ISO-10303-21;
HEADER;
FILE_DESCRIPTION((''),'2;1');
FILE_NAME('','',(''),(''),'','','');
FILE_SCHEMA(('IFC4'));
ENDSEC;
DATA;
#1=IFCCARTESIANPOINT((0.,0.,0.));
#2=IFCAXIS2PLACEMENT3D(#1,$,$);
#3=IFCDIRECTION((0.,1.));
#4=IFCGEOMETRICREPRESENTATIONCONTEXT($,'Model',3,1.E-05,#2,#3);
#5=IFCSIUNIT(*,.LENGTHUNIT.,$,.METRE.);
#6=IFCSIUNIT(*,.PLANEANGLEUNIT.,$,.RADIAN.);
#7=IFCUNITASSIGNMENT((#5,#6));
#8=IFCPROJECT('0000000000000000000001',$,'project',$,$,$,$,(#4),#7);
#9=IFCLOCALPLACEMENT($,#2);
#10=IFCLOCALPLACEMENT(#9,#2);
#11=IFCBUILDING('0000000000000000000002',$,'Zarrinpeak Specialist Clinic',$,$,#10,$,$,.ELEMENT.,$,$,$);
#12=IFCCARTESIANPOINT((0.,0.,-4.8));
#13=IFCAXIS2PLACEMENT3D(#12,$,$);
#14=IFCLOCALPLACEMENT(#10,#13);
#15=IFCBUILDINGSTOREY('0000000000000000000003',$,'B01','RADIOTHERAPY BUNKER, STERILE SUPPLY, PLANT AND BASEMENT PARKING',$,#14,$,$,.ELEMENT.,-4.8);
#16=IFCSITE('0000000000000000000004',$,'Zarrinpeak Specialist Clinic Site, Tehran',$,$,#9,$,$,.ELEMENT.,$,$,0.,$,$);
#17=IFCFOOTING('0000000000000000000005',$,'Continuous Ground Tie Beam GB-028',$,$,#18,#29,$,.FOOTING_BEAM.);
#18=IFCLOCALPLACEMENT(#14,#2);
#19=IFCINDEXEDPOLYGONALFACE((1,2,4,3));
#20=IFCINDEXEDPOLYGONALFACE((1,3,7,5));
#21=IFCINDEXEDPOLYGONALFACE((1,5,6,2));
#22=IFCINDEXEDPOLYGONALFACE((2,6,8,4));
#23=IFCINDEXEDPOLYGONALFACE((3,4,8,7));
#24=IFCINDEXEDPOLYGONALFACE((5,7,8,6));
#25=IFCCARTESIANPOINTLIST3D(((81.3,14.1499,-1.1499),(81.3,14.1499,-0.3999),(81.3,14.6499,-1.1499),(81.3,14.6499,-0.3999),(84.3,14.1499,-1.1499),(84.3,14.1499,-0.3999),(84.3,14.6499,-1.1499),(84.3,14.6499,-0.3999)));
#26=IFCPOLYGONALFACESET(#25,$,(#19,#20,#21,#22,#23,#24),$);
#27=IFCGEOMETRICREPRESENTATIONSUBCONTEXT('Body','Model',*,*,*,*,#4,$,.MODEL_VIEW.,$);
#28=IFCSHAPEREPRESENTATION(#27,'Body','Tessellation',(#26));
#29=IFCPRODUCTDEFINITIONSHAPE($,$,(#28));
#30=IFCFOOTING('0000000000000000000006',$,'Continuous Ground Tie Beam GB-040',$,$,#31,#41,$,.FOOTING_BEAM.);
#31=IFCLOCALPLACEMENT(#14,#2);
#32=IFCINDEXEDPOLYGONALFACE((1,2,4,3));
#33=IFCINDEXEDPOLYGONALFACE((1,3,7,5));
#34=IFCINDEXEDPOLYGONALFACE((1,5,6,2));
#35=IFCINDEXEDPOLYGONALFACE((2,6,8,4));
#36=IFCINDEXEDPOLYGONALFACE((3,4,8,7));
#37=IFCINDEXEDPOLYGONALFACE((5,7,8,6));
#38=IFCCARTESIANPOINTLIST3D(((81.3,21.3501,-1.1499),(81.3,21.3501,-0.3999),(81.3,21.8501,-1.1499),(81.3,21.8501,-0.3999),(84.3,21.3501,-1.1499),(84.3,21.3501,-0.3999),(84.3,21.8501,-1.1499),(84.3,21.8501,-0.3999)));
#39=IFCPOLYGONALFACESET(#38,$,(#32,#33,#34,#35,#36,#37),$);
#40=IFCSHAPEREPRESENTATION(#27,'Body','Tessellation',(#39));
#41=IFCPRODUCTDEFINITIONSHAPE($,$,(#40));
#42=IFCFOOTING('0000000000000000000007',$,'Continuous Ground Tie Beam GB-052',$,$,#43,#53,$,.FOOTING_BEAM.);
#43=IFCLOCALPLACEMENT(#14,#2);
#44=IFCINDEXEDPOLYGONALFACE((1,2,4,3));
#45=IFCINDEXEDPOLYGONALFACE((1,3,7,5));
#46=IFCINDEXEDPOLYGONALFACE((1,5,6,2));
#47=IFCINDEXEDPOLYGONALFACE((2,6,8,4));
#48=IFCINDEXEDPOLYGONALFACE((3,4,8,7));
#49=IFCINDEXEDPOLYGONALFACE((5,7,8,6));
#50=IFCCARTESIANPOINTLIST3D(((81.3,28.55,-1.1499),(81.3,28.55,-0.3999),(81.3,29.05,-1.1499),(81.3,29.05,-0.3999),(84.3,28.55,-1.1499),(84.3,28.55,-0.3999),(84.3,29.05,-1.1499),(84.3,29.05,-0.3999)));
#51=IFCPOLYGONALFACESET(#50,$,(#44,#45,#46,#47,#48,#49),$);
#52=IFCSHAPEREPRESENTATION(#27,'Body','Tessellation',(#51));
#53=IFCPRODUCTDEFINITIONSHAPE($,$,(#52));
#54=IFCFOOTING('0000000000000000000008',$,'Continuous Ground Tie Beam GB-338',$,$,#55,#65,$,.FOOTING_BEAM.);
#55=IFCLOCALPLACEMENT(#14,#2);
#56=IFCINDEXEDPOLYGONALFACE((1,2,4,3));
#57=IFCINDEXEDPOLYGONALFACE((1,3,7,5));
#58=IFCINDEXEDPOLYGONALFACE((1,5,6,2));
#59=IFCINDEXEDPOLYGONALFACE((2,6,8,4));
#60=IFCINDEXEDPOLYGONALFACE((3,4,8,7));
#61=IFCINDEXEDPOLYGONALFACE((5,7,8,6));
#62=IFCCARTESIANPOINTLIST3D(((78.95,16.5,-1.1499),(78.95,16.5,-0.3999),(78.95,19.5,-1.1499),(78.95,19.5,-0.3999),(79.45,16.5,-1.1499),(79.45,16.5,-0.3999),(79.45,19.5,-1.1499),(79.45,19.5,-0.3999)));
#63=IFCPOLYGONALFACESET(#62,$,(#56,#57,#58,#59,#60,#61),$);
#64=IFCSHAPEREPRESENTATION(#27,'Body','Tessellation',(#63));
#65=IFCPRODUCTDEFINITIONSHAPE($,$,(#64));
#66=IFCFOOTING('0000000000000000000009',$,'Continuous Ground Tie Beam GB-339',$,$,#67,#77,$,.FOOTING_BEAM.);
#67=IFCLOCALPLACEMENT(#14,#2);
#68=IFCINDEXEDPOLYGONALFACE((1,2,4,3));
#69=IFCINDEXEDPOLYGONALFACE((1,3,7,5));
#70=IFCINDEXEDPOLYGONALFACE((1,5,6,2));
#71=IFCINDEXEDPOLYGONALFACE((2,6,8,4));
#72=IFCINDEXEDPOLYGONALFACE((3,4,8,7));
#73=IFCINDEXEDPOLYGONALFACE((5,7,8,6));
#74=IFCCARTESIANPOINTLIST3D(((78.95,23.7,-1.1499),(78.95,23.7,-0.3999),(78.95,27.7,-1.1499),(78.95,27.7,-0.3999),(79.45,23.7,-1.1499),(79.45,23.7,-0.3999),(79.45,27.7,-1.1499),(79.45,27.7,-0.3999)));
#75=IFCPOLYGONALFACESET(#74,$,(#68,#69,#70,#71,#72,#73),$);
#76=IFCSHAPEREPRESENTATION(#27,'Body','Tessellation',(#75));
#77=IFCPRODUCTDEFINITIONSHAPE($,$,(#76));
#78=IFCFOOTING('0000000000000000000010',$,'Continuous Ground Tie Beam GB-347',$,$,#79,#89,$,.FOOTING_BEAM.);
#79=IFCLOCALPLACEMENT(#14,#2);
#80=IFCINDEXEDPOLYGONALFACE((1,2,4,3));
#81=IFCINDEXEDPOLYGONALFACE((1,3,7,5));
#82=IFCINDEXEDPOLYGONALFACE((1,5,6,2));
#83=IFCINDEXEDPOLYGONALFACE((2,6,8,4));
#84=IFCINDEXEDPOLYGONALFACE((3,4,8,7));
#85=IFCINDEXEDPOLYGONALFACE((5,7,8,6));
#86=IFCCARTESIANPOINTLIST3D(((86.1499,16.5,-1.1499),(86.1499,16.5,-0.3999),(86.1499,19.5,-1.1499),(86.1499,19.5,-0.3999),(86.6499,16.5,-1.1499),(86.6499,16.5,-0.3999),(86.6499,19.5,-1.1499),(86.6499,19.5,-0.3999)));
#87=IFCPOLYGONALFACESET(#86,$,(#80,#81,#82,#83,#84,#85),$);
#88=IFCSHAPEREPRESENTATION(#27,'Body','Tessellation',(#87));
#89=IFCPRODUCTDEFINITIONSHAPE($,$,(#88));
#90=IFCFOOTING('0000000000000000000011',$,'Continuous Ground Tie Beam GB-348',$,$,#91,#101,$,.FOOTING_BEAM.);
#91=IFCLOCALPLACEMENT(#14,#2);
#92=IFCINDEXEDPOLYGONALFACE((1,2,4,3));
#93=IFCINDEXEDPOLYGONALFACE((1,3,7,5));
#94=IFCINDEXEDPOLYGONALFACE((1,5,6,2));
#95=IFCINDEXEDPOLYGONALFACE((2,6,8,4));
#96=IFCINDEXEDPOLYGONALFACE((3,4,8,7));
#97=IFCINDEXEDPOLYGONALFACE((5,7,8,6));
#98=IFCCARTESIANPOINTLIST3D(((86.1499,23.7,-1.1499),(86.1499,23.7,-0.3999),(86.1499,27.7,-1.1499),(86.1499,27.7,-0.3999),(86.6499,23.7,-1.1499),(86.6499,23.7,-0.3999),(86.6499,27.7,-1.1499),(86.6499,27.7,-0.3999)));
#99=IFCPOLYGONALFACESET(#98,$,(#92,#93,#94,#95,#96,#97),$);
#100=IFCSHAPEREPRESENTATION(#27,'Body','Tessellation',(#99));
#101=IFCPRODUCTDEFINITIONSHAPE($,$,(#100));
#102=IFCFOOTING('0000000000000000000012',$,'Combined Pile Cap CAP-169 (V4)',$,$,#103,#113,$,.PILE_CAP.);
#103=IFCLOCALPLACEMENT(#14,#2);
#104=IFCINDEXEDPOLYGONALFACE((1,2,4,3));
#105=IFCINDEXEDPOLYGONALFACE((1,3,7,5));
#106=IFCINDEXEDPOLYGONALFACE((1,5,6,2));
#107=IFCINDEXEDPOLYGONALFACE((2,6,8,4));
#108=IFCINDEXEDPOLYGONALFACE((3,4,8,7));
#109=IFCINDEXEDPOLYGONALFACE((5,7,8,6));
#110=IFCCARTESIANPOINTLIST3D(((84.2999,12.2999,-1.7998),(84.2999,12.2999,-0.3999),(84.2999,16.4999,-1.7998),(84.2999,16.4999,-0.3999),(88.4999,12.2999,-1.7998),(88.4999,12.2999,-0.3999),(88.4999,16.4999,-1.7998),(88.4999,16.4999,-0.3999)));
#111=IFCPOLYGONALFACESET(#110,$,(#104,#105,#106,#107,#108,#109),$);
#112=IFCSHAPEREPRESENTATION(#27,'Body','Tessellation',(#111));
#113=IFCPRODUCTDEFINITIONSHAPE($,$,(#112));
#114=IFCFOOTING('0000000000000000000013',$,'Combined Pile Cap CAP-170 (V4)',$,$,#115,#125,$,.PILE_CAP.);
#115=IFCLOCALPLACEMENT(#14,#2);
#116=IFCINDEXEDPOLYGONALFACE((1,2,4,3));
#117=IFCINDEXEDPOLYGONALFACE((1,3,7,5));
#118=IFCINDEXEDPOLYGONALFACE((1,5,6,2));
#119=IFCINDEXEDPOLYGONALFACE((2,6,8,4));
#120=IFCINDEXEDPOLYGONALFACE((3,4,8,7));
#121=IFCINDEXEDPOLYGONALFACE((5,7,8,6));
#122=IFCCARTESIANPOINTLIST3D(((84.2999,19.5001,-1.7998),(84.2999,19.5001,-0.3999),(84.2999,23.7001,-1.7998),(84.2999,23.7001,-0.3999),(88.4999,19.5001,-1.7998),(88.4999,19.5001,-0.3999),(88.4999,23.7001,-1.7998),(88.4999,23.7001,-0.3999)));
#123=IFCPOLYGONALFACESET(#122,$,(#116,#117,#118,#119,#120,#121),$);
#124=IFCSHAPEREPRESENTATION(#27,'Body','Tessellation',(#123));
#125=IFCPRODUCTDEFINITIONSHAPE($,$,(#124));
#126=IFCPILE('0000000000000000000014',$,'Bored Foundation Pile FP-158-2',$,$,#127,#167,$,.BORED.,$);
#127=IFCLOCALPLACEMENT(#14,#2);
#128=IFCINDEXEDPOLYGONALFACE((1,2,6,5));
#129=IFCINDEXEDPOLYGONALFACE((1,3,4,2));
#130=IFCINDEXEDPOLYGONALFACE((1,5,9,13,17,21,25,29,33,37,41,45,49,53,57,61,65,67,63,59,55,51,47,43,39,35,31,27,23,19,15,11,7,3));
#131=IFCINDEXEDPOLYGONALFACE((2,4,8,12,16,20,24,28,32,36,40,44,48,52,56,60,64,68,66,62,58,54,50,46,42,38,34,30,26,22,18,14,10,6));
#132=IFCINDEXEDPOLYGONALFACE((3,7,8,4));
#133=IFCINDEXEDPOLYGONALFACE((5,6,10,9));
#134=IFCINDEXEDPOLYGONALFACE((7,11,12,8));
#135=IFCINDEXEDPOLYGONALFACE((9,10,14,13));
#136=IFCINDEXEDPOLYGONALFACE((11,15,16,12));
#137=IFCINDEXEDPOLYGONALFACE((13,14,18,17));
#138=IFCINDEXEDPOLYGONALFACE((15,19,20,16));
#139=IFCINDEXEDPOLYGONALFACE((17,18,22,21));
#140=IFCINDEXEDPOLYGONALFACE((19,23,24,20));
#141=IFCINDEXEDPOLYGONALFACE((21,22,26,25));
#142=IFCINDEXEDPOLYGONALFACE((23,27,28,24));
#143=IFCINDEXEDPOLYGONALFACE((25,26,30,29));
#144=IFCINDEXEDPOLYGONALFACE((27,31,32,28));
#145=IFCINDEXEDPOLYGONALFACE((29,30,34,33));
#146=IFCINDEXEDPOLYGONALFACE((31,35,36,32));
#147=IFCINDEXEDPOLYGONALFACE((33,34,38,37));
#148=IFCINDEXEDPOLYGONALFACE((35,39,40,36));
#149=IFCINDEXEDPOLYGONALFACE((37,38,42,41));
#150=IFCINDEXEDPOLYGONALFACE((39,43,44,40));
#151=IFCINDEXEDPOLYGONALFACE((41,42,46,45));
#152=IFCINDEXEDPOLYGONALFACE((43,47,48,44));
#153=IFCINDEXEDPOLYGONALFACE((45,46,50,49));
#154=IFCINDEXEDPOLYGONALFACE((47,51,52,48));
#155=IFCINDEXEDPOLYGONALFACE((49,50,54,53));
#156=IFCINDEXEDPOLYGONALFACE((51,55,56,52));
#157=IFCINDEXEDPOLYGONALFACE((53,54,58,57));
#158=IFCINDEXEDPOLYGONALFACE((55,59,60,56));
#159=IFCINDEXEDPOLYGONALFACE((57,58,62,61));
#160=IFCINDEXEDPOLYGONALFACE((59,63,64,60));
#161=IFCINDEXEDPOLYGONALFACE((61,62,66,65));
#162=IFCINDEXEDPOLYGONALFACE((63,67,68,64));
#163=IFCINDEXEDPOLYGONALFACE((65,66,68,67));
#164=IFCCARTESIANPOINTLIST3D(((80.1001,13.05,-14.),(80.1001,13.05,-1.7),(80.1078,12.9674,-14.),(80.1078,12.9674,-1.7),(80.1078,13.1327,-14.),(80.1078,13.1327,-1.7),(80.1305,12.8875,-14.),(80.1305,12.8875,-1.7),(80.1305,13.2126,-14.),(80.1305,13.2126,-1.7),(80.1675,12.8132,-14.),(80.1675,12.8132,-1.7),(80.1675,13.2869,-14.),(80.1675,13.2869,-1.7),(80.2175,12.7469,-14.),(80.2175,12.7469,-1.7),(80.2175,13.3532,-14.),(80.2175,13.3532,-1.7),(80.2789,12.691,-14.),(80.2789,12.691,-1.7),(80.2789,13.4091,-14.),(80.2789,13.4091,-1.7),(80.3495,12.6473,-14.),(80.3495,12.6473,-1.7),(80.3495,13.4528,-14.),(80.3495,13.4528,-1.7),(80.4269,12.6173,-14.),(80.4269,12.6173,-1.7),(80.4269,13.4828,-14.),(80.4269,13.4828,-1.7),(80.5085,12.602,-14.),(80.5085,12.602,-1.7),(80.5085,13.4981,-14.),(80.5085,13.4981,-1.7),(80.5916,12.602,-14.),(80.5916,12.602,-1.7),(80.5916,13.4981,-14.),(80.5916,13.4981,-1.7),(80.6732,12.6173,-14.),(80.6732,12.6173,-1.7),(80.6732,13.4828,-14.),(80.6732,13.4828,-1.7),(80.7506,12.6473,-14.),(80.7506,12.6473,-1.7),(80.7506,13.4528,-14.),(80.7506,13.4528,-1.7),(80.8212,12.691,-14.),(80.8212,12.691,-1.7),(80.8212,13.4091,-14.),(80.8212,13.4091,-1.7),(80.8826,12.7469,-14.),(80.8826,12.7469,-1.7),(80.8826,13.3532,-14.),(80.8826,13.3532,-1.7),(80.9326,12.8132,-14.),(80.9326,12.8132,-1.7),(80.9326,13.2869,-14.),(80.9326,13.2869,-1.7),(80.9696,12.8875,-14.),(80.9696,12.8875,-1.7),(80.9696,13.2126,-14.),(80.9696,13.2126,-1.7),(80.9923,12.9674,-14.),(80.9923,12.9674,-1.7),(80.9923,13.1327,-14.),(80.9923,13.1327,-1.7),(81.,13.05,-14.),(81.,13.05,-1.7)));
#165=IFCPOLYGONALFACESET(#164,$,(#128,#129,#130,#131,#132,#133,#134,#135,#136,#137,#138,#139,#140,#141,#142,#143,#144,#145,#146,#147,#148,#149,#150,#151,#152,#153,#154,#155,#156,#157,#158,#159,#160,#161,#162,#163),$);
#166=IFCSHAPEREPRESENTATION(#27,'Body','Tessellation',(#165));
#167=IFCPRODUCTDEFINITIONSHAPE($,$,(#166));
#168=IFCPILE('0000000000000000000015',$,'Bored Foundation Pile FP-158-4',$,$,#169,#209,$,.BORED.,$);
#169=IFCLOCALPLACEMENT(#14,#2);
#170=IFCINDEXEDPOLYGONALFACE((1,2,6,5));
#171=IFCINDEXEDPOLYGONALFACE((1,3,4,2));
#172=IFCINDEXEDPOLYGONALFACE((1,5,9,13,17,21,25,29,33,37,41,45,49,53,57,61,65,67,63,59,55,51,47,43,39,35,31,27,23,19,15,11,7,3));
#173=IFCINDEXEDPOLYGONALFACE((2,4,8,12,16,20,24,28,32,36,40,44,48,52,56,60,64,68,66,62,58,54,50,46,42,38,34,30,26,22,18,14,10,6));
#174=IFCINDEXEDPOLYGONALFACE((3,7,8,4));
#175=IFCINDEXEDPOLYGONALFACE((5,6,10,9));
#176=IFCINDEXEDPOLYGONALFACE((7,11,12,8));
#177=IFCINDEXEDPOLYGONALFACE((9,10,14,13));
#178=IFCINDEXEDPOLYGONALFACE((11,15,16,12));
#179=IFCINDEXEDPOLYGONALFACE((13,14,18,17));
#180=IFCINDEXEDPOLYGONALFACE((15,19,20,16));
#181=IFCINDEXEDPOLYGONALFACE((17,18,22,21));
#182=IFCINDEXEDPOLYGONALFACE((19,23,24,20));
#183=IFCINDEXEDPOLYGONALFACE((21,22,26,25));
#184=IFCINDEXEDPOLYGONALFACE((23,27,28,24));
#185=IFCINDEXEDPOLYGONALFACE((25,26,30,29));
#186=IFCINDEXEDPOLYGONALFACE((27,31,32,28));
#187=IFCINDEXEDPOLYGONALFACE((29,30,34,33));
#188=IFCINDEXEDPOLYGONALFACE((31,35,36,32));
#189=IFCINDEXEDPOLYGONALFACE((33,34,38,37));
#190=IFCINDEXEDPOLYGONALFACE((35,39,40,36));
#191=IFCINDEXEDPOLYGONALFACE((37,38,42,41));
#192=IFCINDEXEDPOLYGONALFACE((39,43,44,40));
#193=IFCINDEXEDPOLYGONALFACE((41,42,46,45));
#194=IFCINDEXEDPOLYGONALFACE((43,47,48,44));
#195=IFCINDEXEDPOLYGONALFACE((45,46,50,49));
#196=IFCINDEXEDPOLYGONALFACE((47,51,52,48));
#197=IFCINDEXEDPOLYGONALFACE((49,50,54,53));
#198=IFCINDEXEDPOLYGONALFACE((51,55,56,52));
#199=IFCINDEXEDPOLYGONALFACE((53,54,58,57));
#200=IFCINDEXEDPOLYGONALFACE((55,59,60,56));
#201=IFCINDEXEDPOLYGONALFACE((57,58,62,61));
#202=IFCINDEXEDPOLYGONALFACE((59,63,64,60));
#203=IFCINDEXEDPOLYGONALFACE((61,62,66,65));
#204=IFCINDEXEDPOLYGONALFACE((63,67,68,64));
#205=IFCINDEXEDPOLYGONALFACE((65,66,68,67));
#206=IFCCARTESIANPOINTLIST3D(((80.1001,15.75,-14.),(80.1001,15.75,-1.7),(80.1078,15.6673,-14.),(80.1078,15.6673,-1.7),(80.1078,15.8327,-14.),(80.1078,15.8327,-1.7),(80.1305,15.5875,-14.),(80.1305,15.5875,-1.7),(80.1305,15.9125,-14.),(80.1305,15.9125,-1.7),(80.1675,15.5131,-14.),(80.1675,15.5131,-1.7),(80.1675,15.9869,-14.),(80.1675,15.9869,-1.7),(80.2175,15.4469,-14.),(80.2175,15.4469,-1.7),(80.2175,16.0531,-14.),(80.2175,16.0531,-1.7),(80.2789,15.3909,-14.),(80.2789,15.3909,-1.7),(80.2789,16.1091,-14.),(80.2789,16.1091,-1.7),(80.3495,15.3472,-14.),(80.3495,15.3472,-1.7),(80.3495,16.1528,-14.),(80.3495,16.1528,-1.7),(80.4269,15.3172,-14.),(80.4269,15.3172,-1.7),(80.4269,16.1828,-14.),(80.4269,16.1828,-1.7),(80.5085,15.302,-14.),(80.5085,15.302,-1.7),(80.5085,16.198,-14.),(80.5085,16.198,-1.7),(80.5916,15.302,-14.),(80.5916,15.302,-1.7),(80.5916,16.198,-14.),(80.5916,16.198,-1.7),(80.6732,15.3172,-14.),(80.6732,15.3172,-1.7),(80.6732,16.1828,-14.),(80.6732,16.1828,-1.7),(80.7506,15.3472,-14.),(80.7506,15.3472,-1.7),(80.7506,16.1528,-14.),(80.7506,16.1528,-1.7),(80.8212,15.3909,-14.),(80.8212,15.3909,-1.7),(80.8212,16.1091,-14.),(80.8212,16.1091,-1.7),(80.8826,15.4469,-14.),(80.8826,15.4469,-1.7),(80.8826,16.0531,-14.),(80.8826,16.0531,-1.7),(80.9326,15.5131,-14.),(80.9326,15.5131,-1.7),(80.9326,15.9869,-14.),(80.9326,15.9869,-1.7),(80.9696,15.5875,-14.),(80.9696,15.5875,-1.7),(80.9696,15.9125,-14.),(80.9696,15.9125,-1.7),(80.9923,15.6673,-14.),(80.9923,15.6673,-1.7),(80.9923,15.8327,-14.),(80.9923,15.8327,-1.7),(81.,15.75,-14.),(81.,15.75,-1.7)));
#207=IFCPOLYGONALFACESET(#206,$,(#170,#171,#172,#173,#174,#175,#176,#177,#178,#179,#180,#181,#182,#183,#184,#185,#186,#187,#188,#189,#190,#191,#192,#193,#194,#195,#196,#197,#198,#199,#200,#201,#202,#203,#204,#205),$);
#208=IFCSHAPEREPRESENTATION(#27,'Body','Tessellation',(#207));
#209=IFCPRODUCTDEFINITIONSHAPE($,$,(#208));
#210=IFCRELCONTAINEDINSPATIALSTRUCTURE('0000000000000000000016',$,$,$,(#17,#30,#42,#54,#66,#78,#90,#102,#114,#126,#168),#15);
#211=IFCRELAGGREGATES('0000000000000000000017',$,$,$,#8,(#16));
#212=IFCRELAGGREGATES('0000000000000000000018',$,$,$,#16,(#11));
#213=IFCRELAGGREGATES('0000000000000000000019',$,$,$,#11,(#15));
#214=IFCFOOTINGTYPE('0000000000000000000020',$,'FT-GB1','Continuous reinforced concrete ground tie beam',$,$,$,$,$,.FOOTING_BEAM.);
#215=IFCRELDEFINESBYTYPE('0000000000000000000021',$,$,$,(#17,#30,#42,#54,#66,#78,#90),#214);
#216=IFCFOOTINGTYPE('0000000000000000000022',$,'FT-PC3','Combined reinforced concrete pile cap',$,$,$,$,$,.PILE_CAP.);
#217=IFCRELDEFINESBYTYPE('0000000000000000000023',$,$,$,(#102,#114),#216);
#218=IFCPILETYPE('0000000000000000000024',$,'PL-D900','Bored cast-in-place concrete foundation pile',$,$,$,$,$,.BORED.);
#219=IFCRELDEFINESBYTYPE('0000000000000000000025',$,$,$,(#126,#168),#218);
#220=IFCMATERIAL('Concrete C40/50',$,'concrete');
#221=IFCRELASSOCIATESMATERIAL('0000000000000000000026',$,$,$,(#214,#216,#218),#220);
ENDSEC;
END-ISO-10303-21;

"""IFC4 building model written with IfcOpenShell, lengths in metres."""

from ifc_helpers import new_model, si_unit, direction, frame, origin, origin_2d, place, context, subcontext, project, spatial, rectangle, circle, extrude, material, material_profile, profile_set, type_object, element, save


model = new_model("IFC4")

# Units and contexts
model_context = context("Model", 3, precision=1e-05, world=origin(), true_north=direction((0.0, 1.0)))
body_context = subcontext(model_context, "Body", "Model", "MODEL_VIEW")
ifc_project = project(units=[si_unit("LENGTHUNIT", "METRE"), si_unit("PLANEANGLEUNIT", "RADIAN")], contexts=[model_context])

# Site, building, storey
site_placement = place(None, origin())
site = spatial("IfcSite", under=ifc_project, at=site_placement, Name="Zarrinpeak Specialist Clinic Site, Tehran", CompositionType="ELEMENT", RefElevation=0.0)
building_placement = place(site_placement, origin())
building = spatial("IfcBuilding", under=site, at=building_placement, Name="Zarrinpeak Specialist Clinic", CompositionType="ELEMENT")
storey_placement = place(building_placement, frame((0.0, 0.0, -4.8)))
storey = spatial("IfcBuildingStorey", under=building, at=storey_placement, Name="B01", Description="RADIOTHERAPY BUNKER, STERILE SUPPLY, PLANT AND BASEMENT PARKING", CompositionType="ELEMENT", Elevation=-4.8)

# Footings
ifc_material_1 = material(Name="Concrete C40/50", Category="concrete")
ifc_material_profile_1 = material_profile(ifc_material_1, rectangle(XDim=0.5, YDim=0.75, at=origin_2d()), Name="RC 500x750")
ifc_profile_set_1 = profile_set([ifc_material_profile_1], Name="Concrete C40/50")
footing_type_1 = type_object("IfcFootingType", Name="FT-GB1", Description="Continuous reinforced concrete ground tie beam", PredefinedType="FOOTING_BEAM", material=ifc_profile_set_1)
for number, where, z_axis, x_axis, name in (
    (1, (81.3, 14.3999, -0.7749), (1.0, 0.0, 0.0), (0.0, 1.0, 0.0), "Continuous Ground Tie Beam GB-028"),
    (2, (81.3, 21.6001, -0.7749), (1.0, 0.0, 0.0), (0.0, 1.0, 0.0), "Continuous Ground Tie Beam GB-040"),
    (3, (81.3, 28.8, -0.7749), (1.0, 0.0, 0.0), (0.0, 1.0, 0.0), "Continuous Ground Tie Beam GB-052"),
    (4, (79.2, 16.5, -0.7749), (0.0, 1.0, 0.0), (-1.0, 0.0, 0.0), "Continuous Ground Tie Beam GB-338"),
):
    element("IfcFooting", number, at=place(storey_placement, frame(where, z_axis=z_axis, x_axis=x_axis)), inside=storey, type_object=footing_type_1, Name=name, PredefinedType="FOOTING_BEAM", context=body_context, shape_type="SweptSolid", body=[
        extrude(rectangle(XDim=0.5, YDim=0.75, at=origin_2d()), origin(), (0.0, 0.0, 1.0), 3.0),
    ])
footing_1_placement = place(storey_placement, frame((79.2, 23.7, -0.7749), z_axis=(0.0, 1.0, 0.0), x_axis=(-1.0, 0.0, 0.0)))
element("IfcFooting", 5, at=footing_1_placement, inside=storey, type_object=footing_type_1, Name="Continuous Ground Tie Beam GB-339", PredefinedType="FOOTING_BEAM", context=body_context, shape_type="SweptSolid", body=[
    extrude(rectangle(XDim=0.5, YDim=0.75, at=origin_2d()), origin(), (0.0, 0.0, 1.0), 4.0),
])
footing_2_placement = place(storey_placement, frame((86.3999, 16.5, -0.7749), z_axis=(0.0, 1.0, 0.0), x_axis=(-1.0, 0.0, 0.0)))
element("IfcFooting", 6, at=footing_2_placement, inside=storey, type_object=footing_type_1, Name="Continuous Ground Tie Beam GB-347", PredefinedType="FOOTING_BEAM", context=body_context, shape_type="SweptSolid", body=[
    extrude(rectangle(XDim=0.5, YDim=0.75, at=origin_2d()), origin(), (0.0, 0.0, 1.0), 3.0),
])
footing_3_placement = place(storey_placement, frame((86.3999, 23.7, -0.7749), z_axis=(0.0, 1.0, 0.0), x_axis=(-1.0, 0.0, 0.0)))
element("IfcFooting", 7, at=footing_3_placement, inside=storey, type_object=footing_type_1, Name="Continuous Ground Tie Beam GB-348", PredefinedType="FOOTING_BEAM", context=body_context, shape_type="SweptSolid", body=[
    extrude(rectangle(XDim=0.5, YDim=0.75, at=origin_2d()), origin(), (0.0, 0.0, 1.0), 4.0),
])
footing_type_2 = type_object("IfcFootingType", Name="FT-PC3", Description="Combined reinforced concrete pile cap", PredefinedType="PILE_CAP", material=ifc_material_1)
for number, where, z_axis, x_axis, name in (
    (8, (86.3999, 14.3999, -1.7998), (0.0, 0.0, 1.0), (1.0, 0.0, 0.0), "Combined Pile Cap CAP-169 (V4)"),
    (9, (86.3999, 21.6001, -1.7998), (0.0, 0.0, 1.0), (1.0, 0.0, 0.0), "Combined Pile Cap CAP-170 (V4)"),
):
    element("IfcFooting", number, at=place(storey_placement, frame(where, z_axis=z_axis, x_axis=x_axis)), inside=storey, type_object=footing_type_2, Name=name, PredefinedType="PILE_CAP", context=body_context, shape_type="SweptSolid", body=[
        extrude(rectangle(XDim=4.2, YDim=4.2, at=origin_2d()), origin(), (0.0, 0.0, 1.0), 1.3999),
    ])

# Piles
ifc_material_profile_2 = material_profile(ifc_material_1, circle(Radius=0.45, at=origin_2d()), Name="BORED PILE D900")
ifc_profile_set_2 = profile_set([ifc_material_profile_2], Name="Concrete C40/50")
pile_type = type_object("IfcPileType", Name="PL-D900", Description="Bored cast-in-place concrete foundation pile", PredefinedType="BORED", material=ifc_profile_set_2)
for number, where, z_axis, x_axis, name in (
    (10, (80.55, 13.05, -1.7), (0.0, 0.0, -1.0), (1.0, 0.0, 0.0), "Bored Foundation Pile FP-158-2"),
    (11, (80.55, 15.75, -1.7), (0.0, 0.0, -1.0), (1.0, 0.0, 0.0), "Bored Foundation Pile FP-158-4"),
):
    element("IfcPile", number, at=place(storey_placement, frame(where, z_axis=z_axis, x_axis=x_axis)), inside=storey, type_object=pile_type, Name=name, PredefinedType="BORED", context=body_context, shape_type="SweptSolid", body=[
        extrude(circle(Radius=0.45, at=origin_2d()), origin(), (0.0, 0.0, 1.0), 12.3),
    ])

save(model, "model.ifc")
